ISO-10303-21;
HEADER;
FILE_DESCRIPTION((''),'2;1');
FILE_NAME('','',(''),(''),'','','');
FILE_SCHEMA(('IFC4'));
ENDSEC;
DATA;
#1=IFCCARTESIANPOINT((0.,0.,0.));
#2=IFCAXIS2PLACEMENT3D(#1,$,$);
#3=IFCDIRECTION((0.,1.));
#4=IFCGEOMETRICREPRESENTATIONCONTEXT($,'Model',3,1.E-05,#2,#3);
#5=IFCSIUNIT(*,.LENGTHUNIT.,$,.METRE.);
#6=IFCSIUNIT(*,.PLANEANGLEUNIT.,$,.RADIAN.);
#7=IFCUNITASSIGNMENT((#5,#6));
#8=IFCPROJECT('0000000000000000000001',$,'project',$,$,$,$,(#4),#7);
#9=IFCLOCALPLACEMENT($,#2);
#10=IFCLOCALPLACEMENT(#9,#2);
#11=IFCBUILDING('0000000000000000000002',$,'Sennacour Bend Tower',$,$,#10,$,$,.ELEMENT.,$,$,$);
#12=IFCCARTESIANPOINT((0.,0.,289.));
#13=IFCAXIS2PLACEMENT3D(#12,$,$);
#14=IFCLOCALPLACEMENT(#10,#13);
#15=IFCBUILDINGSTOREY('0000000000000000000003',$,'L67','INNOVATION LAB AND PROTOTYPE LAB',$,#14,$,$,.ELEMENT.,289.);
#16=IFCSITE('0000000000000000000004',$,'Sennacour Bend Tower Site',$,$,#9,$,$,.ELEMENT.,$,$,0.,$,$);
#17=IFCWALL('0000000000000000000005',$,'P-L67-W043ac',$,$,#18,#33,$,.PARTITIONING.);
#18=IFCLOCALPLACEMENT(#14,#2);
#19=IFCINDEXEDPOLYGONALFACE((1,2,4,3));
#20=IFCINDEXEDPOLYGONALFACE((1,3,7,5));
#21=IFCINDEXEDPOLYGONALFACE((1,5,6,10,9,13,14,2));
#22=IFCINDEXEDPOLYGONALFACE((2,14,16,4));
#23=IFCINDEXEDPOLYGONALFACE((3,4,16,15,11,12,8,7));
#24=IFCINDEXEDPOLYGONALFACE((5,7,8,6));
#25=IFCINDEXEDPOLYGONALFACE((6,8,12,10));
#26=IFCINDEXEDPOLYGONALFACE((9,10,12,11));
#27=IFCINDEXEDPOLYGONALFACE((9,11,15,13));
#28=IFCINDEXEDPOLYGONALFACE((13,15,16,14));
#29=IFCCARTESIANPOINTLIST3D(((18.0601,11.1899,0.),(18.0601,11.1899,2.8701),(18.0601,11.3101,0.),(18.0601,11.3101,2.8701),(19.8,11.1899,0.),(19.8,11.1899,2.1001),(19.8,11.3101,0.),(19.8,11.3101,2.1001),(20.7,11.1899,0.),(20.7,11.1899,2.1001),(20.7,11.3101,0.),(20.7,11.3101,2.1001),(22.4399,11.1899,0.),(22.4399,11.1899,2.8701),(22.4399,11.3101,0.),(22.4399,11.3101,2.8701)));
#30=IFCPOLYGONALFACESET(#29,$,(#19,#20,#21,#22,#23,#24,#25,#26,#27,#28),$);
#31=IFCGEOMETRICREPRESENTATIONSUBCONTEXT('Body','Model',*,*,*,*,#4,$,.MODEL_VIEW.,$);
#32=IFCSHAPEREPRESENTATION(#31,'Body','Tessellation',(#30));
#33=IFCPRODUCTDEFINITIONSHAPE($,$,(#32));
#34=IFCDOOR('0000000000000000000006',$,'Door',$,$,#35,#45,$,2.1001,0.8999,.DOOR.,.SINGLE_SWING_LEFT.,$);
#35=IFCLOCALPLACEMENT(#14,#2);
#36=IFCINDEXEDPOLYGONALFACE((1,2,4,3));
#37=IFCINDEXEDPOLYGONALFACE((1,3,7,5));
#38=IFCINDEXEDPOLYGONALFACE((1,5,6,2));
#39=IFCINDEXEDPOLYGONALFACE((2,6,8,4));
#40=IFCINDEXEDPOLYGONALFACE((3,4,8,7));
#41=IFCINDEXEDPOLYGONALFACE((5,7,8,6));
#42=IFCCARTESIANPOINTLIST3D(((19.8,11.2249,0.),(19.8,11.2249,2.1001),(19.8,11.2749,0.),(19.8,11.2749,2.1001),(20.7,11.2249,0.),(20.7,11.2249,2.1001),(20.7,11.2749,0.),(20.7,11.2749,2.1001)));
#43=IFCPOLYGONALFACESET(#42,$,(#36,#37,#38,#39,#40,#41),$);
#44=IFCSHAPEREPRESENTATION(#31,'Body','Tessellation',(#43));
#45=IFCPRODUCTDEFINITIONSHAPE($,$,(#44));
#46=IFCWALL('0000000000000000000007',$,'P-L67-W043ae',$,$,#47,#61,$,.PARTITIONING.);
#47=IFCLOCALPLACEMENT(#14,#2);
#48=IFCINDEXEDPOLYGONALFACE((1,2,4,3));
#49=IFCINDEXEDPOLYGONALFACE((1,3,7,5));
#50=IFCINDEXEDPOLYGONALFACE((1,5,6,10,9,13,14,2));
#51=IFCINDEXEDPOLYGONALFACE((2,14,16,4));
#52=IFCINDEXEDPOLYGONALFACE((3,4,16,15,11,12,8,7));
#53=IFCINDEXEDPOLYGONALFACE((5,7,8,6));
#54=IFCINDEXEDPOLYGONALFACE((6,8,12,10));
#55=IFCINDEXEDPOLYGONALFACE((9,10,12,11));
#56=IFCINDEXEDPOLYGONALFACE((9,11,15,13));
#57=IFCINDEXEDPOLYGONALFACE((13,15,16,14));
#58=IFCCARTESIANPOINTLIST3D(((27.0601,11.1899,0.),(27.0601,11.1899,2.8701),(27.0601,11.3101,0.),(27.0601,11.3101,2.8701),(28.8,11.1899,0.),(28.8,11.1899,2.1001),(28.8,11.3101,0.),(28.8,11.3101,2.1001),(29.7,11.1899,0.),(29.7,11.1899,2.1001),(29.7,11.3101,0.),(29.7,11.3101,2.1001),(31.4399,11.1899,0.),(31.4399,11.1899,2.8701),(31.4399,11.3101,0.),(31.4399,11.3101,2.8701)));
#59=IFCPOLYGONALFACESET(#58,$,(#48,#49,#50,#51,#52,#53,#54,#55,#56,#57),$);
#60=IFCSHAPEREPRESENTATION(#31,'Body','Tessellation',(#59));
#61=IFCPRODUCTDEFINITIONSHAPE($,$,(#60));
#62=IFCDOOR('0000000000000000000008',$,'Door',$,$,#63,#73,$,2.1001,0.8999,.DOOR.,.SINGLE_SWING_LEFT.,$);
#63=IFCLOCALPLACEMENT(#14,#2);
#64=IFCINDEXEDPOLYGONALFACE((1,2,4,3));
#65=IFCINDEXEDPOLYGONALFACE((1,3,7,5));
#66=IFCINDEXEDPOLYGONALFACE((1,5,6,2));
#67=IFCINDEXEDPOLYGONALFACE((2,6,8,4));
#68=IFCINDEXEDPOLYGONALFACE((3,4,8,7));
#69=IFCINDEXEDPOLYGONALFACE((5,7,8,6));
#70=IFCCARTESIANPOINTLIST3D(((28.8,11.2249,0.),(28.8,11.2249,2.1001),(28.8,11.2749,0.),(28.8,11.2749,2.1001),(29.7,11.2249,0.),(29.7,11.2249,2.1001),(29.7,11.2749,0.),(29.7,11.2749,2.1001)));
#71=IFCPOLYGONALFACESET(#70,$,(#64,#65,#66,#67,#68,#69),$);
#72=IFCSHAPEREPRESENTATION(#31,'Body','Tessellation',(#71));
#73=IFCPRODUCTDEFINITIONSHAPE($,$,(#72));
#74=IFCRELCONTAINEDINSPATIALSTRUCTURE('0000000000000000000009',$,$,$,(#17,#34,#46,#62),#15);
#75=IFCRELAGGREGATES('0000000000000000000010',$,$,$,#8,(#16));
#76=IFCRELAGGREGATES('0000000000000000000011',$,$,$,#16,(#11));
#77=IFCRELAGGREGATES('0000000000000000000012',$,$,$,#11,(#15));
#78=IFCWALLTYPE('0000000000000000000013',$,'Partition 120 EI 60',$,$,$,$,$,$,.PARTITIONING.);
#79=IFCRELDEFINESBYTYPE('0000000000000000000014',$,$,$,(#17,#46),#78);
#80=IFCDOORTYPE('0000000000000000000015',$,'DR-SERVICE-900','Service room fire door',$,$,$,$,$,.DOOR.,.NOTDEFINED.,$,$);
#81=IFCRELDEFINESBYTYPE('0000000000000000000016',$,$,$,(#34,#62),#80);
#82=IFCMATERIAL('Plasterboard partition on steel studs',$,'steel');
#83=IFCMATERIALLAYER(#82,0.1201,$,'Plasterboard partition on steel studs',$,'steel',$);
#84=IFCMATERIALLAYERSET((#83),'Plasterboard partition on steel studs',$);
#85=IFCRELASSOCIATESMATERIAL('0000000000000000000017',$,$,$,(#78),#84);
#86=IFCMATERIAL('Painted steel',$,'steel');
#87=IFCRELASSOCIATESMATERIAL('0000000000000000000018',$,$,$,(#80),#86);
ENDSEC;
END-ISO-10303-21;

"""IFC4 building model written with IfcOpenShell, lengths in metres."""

from ifc_helpers import new_model, si_unit, direction, frame, frame_2d, origin, place, context, subcontext, project, spatial, rectangle, extrude, material, layer, layer_set, type_object, element, fill, save


model = new_model("IFC4")

# Units and contexts
model_context = context("Model", 3, precision=1e-05, world=origin(), true_north=direction((0.0, 1.0)))
body_context = subcontext(model_context, "Body", "Model", "MODEL_VIEW")
ifc_project = project(units=[si_unit("LENGTHUNIT", "METRE"), si_unit("PLANEANGLEUNIT", "RADIAN")], contexts=[model_context])

# Site, building, storey
site_placement = place(None, origin())
site = spatial("IfcSite", under=ifc_project, at=site_placement, Name="Sennacour Bend Tower Site", CompositionType="ELEMENT", RefElevation=0.0)
building_placement = place(site_placement, origin())
building = spatial("IfcBuilding", under=site, at=building_placement, Name="Sennacour Bend Tower", CompositionType="ELEMENT")
storey_placement = place(building_placement, frame((0.0, 0.0, 289.0)))
storey = spatial("IfcBuildingStorey", under=building, at=storey_placement, Name="L67", Description="INNOVATION LAB AND PROTOTYPE LAB", CompositionType="ELEMENT", Elevation=289.0)

# Shared definitions
ifc_material_1 = material(Name="Plasterboard partition on steel studs", Category="steel")

# Walls, openings, doors
ifc_layer_1 = layer(ifc_material_1, 0.1201, Name="Plasterboard partition on steel studs", Category="steel")
ifc_layer_set_1 = layer_set([ifc_layer_1], Name="Plasterboard partition on steel studs")
wall_type_1 = type_object("IfcWallType", Name="Partition 120 EI 60", PredefinedType="PARTITIONING", material=ifc_layer_set_1)
ifc_material_2 = material(Name="Painted steel", Category="steel")
door_type_1 = type_object("IfcDoorType", Name="DR-SERVICE-900", Description="Service room fire door", OperationType="NOTDEFINED", PredefinedType="DOOR", material=ifc_material_2)
wall_1_placement = place(storey_placement, frame((18.0601, 11.25, 0.0), z_axis=(0.0, 0.0, 1.0), x_axis=(1.0, 0.0, 0.0)))
wall_1 = element("IfcWall", 1, at=wall_1_placement, inside=storey, type_object=wall_type_1, Name="P-L67-W043ac", PredefinedType="PARTITIONING", context=body_context, shape_type="SweptSolid", body=[
    extrude(rectangle(XDim=4.3799, YDim=0.1201, at=frame_2d((2.1899, 0.0))), origin(), (0.0, 0.0, 1.0), 2.8701),
])
opening_1_placement = place(wall_1_placement, frame((1.74, 0.0, 0.0)))
opening_1 = element("IfcOpeningElement", 2, at=opening_1_placement, cuts=wall_1, PredefinedType="OPENING", context=body_context, shape_type="SweptSolid", body=[
    extrude(rectangle(XDim=0.8999, YDim=2.1001, at=frame_2d((0.45, 1.05))), frame((0.0, 0.0701, 0.0), z_axis=(0.0, -1.0, 0.0), x_axis=(1.0, 0.0, 0.0)), (0.0, 0.0, 1.0), 0.1401),
])
door_1_placement = place(opening_1_placement, origin())
door_1 = element("IfcDoor", 3, at=door_1_placement, inside=storey, type_object=door_type_1, Name="Door", OperationType="SINGLE_SWING_LEFT", OverallHeight=2.1001, OverallWidth=0.8999, PredefinedType="DOOR", context=body_context, shape_type="SweptSolid", body=[
    extrude(rectangle(XDim=0.8999, YDim=2.1001, at=frame_2d((0.45, 1.05))), frame((0.0, 0.0249, 0.0), z_axis=(0.0, -1.0, 0.0), x_axis=(1.0, 0.0, 0.0)), (0.0, 0.0, 1.0), 0.05),
])
fill(opening_1, door_1)
wall_2_placement = place(storey_placement, frame((27.0601, 11.25, 0.0), z_axis=(0.0, 0.0, 1.0), x_axis=(1.0, 0.0, 0.0)))
wall_2 = element("IfcWall", 4, at=wall_2_placement, inside=storey, type_object=wall_type_1, Name="P-L67-W043ae", PredefinedType="PARTITIONING", context=body_context, shape_type="SweptSolid", body=[
    extrude(rectangle(XDim=4.3799, YDim=0.1201, at=frame_2d((2.1899, 0.0))), origin(), (0.0, 0.0, 1.0), 2.8701),
])
opening_2_placement = place(wall_2_placement, frame((1.74, 0.0, 0.0)))
opening_2 = element("IfcOpeningElement", 5, at=opening_2_placement, cuts=wall_2, PredefinedType="OPENING", context=body_context, shape_type="SweptSolid", body=[
    extrude(rectangle(XDim=0.8999, YDim=2.1001, at=frame_2d((0.45, 1.05))), frame((0.0, 0.0701, 0.0), z_axis=(0.0, -1.0, 0.0), x_axis=(1.0, 0.0, 0.0)), (0.0, 0.0, 1.0), 0.1401),
])
door_2_placement = place(opening_2_placement, origin())
door_2 = element("IfcDoor", 6, at=door_2_placement, inside=storey, type_object=door_type_1, Name="Door", OperationType="SINGLE_SWING_LEFT", OverallHeight=2.1001, OverallWidth=0.8999, PredefinedType="DOOR", context=body_context, shape_type="SweptSolid", body=[
    extrude(rectangle(XDim=0.8999, YDim=2.1001, at=frame_2d((0.45, 1.05))), frame((0.0, 0.0249, 0.0), z_axis=(0.0, -1.0, 0.0), x_axis=(1.0, 0.0, 0.0)), (0.0, 0.0, 1.0), 0.05),
])
fill(opening_2, door_2)

save(model, "model.ifc")
